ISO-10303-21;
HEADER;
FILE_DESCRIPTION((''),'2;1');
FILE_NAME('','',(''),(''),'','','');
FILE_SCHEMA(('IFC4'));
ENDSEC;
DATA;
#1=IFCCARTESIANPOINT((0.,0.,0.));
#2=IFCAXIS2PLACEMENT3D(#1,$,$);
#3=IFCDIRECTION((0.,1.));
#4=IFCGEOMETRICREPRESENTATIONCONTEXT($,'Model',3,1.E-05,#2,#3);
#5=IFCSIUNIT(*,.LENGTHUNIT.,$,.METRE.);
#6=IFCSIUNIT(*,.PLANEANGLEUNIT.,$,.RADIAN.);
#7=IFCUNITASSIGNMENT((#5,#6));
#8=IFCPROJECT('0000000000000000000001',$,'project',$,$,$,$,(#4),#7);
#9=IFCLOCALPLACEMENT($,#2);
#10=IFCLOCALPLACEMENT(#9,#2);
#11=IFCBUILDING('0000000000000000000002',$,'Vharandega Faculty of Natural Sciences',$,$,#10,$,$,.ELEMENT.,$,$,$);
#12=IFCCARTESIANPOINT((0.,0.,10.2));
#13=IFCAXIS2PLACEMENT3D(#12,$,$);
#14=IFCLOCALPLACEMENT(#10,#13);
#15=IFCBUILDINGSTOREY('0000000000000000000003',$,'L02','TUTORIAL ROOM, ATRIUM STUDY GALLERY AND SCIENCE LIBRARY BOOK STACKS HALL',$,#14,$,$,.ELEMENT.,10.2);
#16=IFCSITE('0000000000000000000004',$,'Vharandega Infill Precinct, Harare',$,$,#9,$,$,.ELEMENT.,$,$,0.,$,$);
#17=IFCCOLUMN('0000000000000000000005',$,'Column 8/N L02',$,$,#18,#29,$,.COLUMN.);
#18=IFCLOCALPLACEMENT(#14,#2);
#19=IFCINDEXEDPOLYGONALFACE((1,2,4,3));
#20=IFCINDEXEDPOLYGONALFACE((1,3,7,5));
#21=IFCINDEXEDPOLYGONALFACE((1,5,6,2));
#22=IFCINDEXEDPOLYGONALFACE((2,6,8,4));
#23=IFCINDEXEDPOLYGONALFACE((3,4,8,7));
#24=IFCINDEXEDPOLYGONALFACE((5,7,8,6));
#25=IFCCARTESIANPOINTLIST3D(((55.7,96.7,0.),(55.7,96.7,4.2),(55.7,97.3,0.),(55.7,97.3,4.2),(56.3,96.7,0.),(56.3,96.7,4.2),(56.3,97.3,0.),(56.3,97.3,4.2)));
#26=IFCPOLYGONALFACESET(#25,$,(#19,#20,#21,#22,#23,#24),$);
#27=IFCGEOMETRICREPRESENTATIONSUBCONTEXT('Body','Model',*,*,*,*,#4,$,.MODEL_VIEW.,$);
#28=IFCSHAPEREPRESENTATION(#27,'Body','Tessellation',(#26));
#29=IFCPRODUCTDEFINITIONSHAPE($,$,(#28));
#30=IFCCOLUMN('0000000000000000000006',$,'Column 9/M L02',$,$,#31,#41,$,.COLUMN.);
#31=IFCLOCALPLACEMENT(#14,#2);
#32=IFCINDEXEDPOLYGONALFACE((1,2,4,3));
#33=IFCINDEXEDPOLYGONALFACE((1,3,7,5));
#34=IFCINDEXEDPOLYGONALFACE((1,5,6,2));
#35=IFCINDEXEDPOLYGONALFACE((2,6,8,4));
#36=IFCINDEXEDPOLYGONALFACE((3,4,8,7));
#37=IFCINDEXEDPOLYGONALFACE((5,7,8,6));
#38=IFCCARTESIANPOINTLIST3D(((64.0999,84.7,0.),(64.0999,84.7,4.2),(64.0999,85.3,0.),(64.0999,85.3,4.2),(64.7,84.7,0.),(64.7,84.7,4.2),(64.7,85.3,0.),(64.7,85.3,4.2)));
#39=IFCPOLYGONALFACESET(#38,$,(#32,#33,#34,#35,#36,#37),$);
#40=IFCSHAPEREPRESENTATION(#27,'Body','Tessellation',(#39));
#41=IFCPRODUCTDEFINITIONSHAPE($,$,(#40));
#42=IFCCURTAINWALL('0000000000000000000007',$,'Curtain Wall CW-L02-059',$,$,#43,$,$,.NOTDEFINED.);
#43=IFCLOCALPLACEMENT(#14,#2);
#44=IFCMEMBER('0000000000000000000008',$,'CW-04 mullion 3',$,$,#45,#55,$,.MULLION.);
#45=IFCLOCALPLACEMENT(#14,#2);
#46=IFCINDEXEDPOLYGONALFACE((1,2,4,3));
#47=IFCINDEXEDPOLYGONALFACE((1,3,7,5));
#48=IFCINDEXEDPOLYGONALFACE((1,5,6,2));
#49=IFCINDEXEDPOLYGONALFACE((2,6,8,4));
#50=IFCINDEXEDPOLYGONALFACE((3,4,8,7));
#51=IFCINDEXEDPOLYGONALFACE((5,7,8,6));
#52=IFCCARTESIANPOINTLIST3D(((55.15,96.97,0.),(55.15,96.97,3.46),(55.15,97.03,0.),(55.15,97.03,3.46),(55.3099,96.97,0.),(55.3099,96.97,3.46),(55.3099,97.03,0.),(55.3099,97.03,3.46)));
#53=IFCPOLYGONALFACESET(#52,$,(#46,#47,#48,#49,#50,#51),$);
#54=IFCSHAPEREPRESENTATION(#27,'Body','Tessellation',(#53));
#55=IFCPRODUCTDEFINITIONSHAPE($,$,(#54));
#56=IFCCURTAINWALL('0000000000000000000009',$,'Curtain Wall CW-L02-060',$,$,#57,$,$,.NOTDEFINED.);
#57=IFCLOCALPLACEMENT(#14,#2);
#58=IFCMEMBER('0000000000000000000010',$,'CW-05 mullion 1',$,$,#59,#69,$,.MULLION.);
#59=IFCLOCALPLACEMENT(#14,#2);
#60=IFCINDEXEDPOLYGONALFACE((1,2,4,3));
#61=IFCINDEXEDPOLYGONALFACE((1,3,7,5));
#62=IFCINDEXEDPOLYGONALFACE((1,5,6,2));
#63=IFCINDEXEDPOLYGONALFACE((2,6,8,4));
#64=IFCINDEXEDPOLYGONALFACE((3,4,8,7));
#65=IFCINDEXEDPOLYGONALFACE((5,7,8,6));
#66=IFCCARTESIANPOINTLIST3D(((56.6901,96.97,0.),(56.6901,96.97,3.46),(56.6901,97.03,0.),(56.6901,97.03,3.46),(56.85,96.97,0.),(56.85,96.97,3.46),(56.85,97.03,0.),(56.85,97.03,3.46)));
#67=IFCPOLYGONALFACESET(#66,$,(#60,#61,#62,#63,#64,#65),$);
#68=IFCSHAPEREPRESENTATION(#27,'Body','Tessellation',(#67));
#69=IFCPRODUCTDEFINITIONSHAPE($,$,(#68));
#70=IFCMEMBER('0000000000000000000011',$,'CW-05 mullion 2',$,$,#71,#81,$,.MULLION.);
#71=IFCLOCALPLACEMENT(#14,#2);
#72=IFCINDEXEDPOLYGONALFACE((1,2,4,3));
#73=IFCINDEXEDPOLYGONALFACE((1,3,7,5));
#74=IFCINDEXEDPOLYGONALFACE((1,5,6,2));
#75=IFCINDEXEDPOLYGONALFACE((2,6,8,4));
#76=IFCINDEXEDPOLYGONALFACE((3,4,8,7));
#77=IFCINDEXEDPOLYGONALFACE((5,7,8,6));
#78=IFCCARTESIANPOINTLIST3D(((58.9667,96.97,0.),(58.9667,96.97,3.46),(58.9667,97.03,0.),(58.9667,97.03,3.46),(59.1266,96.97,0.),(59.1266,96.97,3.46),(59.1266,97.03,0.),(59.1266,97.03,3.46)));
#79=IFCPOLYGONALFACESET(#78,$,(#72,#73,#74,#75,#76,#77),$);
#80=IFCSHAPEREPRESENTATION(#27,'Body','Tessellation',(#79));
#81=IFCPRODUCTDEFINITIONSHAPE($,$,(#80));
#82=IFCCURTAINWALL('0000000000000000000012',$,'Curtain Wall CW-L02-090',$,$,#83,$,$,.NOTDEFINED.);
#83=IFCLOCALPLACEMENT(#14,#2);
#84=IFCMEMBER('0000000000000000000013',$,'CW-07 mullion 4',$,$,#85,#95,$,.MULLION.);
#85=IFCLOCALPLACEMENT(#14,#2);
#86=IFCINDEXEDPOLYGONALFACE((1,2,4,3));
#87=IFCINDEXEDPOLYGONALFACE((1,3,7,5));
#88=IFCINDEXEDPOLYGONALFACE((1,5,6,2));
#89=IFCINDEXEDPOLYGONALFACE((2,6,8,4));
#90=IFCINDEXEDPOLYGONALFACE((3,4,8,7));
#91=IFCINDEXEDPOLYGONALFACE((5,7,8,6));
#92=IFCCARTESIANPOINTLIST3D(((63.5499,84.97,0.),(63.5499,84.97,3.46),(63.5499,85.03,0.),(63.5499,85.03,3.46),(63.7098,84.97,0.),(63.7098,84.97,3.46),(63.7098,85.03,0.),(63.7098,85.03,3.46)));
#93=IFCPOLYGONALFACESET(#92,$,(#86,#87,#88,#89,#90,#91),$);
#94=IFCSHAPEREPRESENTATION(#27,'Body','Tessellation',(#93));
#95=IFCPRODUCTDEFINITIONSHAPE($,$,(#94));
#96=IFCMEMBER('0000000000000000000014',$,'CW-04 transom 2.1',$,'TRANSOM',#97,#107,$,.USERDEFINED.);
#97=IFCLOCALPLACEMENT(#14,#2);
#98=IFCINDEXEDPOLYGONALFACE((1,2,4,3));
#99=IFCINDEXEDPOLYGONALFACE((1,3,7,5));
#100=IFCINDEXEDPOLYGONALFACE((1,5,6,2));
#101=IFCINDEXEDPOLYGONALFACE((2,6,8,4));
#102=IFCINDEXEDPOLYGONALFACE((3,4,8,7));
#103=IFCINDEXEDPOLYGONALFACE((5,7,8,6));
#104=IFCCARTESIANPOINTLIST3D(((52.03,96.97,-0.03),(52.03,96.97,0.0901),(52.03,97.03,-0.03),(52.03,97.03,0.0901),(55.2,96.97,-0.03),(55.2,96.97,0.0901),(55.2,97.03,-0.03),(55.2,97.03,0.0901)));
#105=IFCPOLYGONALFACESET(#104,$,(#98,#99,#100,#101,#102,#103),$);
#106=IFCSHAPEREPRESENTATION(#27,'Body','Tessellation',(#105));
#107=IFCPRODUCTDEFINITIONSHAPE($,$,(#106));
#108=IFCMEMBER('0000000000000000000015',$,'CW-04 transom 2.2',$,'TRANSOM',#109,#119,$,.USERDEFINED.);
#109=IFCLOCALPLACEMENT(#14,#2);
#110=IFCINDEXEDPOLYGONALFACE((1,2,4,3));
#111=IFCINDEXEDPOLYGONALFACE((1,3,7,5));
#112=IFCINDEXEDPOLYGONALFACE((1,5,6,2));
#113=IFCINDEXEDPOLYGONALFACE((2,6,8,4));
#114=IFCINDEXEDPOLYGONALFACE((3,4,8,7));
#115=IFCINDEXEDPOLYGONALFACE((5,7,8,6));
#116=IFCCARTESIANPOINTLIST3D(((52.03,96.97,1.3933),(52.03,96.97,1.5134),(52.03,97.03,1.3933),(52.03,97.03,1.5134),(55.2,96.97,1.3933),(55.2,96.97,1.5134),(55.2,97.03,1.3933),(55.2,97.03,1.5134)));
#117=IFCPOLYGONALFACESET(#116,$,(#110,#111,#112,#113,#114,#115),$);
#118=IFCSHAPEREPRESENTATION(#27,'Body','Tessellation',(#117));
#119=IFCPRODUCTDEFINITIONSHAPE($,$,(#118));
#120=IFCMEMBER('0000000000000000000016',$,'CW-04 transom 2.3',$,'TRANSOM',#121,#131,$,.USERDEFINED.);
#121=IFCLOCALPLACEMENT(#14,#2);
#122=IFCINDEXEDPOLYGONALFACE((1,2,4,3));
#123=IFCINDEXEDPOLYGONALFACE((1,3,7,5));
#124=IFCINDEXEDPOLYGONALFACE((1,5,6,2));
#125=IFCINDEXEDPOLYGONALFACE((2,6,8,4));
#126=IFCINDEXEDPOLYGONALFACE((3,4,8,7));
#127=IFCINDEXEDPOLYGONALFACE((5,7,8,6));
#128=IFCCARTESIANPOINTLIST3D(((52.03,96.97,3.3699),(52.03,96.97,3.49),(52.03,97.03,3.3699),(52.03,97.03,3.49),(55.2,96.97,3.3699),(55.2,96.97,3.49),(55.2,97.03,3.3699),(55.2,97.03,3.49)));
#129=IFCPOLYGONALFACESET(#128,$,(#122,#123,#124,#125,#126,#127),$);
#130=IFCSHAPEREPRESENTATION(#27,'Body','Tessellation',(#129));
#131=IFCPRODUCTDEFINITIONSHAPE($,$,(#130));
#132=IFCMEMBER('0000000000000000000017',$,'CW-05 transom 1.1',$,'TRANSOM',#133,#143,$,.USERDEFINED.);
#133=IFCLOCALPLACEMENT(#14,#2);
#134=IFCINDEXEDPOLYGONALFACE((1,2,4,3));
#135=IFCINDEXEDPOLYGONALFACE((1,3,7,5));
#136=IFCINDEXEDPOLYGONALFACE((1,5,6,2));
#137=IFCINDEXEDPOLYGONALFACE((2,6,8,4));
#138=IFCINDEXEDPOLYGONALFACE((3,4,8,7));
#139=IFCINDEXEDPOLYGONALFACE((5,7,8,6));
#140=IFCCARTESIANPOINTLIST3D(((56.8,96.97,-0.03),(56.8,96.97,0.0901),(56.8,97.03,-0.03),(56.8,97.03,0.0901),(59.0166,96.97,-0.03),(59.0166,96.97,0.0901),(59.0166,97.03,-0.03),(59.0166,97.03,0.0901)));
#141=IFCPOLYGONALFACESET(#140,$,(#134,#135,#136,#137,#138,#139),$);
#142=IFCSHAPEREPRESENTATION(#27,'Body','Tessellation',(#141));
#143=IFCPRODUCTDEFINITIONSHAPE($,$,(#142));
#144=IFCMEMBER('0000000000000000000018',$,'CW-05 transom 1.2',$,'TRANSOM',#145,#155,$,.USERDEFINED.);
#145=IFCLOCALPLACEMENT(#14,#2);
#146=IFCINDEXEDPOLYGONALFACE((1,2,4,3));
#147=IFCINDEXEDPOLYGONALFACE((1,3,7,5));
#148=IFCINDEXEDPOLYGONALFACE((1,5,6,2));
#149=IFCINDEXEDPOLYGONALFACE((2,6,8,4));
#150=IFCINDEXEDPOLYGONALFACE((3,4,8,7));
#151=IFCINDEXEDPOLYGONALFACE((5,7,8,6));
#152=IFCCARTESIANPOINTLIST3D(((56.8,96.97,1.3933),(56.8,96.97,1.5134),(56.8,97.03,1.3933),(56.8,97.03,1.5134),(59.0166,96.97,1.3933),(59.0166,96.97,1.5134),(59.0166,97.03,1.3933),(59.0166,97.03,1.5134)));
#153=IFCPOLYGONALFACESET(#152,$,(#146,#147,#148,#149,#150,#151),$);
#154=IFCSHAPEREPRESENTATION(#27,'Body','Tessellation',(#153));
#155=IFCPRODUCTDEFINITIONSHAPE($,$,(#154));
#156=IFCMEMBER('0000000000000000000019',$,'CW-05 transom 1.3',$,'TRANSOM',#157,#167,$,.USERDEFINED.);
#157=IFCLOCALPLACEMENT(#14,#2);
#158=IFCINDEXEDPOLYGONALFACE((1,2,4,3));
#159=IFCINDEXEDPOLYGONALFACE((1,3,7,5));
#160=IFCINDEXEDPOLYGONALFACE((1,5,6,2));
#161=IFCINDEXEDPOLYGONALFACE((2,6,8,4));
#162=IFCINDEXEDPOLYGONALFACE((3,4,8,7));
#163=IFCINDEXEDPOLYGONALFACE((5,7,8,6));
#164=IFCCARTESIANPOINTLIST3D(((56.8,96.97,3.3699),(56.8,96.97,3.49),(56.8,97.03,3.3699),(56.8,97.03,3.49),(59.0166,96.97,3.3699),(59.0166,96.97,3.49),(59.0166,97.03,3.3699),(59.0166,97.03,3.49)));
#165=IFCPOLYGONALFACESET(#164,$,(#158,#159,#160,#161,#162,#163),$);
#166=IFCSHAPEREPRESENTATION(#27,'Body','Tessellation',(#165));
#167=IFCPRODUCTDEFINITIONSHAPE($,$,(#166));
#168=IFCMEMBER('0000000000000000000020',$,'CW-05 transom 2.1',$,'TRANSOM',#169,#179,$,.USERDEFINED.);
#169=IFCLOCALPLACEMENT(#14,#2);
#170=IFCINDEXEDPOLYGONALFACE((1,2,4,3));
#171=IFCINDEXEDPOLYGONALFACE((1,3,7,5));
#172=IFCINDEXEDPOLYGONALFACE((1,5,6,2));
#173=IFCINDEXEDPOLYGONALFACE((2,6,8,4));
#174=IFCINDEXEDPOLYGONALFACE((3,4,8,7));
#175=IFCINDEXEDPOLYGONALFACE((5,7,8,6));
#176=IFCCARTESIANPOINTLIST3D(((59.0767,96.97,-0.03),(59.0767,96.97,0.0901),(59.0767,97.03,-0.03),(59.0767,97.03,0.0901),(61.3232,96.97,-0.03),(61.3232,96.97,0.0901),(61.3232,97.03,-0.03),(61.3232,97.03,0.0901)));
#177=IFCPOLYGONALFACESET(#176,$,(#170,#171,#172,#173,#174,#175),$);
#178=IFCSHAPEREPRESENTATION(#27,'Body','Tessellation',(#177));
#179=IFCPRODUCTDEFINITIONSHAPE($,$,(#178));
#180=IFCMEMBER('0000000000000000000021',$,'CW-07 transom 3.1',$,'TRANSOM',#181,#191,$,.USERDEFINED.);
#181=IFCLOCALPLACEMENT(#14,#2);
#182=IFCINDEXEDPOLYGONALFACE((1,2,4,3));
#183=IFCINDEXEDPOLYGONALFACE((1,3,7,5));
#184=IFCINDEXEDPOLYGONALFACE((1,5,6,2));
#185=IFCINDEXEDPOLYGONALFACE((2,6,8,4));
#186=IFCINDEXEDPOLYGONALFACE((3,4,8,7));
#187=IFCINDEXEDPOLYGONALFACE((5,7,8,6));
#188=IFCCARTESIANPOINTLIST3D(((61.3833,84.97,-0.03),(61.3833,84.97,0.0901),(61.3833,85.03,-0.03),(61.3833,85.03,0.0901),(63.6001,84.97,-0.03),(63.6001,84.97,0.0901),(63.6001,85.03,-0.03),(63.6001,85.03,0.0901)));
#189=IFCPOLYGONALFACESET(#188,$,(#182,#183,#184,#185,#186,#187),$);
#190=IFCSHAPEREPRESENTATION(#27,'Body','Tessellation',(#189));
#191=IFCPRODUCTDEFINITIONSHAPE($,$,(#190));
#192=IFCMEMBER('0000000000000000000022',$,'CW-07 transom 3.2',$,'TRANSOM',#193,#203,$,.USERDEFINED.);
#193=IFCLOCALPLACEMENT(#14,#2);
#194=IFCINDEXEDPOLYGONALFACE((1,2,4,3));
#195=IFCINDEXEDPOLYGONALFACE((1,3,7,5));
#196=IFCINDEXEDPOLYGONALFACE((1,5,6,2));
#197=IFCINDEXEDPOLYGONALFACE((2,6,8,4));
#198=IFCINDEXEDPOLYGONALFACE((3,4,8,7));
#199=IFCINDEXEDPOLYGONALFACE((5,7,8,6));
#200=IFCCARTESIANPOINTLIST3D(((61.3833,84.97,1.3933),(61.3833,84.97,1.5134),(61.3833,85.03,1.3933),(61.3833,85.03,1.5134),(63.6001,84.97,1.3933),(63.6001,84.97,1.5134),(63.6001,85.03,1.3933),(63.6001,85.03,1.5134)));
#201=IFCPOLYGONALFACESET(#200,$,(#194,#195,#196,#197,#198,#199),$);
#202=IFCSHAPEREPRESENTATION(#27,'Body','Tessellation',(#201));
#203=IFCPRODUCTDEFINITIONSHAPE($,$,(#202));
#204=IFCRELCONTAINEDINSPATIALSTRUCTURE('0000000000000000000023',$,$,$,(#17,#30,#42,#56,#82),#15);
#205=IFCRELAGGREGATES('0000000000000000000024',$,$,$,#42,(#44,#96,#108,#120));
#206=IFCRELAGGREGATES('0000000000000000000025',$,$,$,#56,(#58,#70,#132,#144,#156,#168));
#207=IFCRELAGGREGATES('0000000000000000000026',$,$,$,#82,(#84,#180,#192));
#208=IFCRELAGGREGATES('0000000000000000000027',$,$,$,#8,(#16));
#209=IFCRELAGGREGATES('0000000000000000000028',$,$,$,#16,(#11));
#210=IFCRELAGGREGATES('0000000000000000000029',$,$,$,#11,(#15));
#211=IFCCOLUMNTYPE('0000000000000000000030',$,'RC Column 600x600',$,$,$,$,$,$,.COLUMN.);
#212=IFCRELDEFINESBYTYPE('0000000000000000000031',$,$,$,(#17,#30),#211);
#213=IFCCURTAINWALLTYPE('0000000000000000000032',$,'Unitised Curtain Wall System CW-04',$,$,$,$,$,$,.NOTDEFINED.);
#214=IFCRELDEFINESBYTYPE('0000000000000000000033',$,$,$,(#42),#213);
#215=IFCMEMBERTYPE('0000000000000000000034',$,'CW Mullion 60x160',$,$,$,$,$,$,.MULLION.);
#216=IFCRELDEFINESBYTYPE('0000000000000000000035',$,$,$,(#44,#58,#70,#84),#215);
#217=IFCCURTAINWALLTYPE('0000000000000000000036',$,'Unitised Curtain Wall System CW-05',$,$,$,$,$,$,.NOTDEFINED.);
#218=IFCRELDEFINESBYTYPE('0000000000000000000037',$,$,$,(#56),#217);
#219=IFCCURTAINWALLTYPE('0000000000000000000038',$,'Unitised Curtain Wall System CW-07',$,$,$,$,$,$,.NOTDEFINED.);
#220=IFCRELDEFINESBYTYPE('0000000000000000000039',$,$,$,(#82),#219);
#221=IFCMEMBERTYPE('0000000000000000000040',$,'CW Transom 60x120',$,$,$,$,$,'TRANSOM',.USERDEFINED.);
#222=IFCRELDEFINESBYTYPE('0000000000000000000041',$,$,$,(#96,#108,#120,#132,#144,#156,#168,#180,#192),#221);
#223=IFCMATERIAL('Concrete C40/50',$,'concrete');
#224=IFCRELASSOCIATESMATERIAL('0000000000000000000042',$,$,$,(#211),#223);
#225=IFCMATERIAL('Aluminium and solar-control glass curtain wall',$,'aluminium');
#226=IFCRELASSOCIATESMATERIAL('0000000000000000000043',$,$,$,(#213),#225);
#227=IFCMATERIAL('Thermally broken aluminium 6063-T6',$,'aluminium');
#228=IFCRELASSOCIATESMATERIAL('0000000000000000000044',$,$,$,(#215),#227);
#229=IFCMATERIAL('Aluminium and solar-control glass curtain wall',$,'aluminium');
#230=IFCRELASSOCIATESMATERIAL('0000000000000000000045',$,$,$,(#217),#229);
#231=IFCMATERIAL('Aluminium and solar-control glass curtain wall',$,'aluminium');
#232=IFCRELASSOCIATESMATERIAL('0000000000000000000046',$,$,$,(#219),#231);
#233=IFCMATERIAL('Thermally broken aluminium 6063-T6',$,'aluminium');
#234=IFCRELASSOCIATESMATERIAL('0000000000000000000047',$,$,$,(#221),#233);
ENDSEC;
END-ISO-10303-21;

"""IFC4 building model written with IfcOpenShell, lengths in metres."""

from ifc_helpers import new_model, si_unit, direction, frame, origin, origin_2d, place, context, subcontext, project, spatial, rectangle, extrude, material, material_profile, profile_set, type_object, element, aggregate, save


model = new_model("IFC4")

# Units and contexts
model_context = context("Model", 3, precision=1e-05, world=origin(), true_north=direction((0.0, 1.0)))
body_context = subcontext(model_context, "Body", "Model", "MODEL_VIEW")
ifc_project = project(units=[si_unit("LENGTHUNIT", "METRE"), si_unit("PLANEANGLEUNIT", "RADIAN")], contexts=[model_context])

# Site, building, storey
site_placement = place(None, origin())
site = spatial("IfcSite", under=ifc_project, at=site_placement, Name="Vharandega Infill Precinct, Harare", CompositionType="ELEMENT", RefElevation=0.0)
building_placement = place(site_placement, origin())
building = spatial("IfcBuilding", under=site, at=building_placement, Name="Vharandega Faculty of Natural Sciences", CompositionType="ELEMENT")
storey_placement = place(building_placement, frame((0.0, 0.0, 10.2)))
storey = spatial("IfcBuildingStorey", under=building, at=storey_placement, Name="L02", Description="TUTORIAL ROOM, ATRIUM STUDY GALLERY AND SCIENCE LIBRARY BOOK STACKS HALL", CompositionType="ELEMENT", Elevation=10.2)

# Columns
ifc_material_1 = material(Name="Concrete C40/50", Category="concrete")
ifc_material_profile_1 = material_profile(ifc_material_1, rectangle(XDim=0.6001, YDim=0.6001, at=origin_2d()), Name="RC 600x600")
ifc_profile_set_1 = profile_set([ifc_material_profile_1], Name="Concrete C40/50")
column_type = type_object("IfcColumnType", Name="RC Column 600x600", PredefinedType="COLUMN", material=ifc_profile_set_1)
for number, where, z_axis, x_axis, name in (
    (1, (56.0, 97.0, 0.0), (0.0, 0.0, 1.0), (1.0, 0.0, 0.0), "Column 8/N L02"),
    (2, (64.3999, 85.0, 0.0), (0.0, 0.0, 1.0), (1.0, 0.0, 0.0), "Column 9/M L02"),
):
    element("IfcColumn", number, at=place(storey_placement, frame(where, z_axis=z_axis, x_axis=x_axis)), inside=storey, type_object=column_type, Name=name, PredefinedType="COLUMN", context=body_context, shape_type="SweptSolid", body=[
        extrude(rectangle(XDim=0.6001, YDim=0.6001, at=origin_2d()), origin(), (0.0, 0.0, 1.0), 4.2),
    ])

# Curtain wall, member
ifc_material_2 = material(Name="Aluminium and solar-control glass curtain wall", Category="aluminium")
curtain_wall_type_1 = type_object("IfcCurtainWallType", Name="Unitised Curtain Wall System CW-04", PredefinedType="NOTDEFINED", material=ifc_material_2)
curtain_wall_1_placement = place(storey_placement, origin())
curtain_wall_1 = element("IfcCurtainWall", 3, at=curtain_wall_1_placement, inside=storey, type_object=curtain_wall_type_1, Name="Curtain Wall CW-L02-059", PredefinedType="NOTDEFINED")
ifc_material_3 = material(Name="Thermally broken aluminium 6063-T6", Category="aluminium")
ifc_material_profile_2 = material_profile(ifc_material_3, rectangle(XDim=0.0601, YDim=0.1599, at=origin_2d()), Name="ALU 60x160")
ifc_profile_set_2 = profile_set([ifc_material_profile_2], Name="Thermally broken aluminium 6063-T6")
member_type_1 = type_object("IfcMemberType", Name="CW Mullion 60x160", PredefinedType="MULLION", material=ifc_profile_set_2)
member_1_placement = place(storey_placement, frame((55.23, 97.0, 0.0), z_axis=(0.0, 0.0, 1.0), x_axis=(0.0, 1.0, 0.0)))
member_1 = element("IfcMember", 4, at=member_1_placement, type_object=member_type_1, Name="CW-04 mullion 3", PredefinedType="MULLION", context=body_context, shape_type="SweptSolid", body=[
    extrude(rectangle(XDim=0.0601, YDim=0.1599, at=origin_2d()), origin(), (0.0, 0.0, 1.0), 3.46),
])

# Curtain wall, members
ifc_material_4 = material(Name="Aluminium and solar-control glass curtain wall", Category="aluminium")
curtain_wall_type_2 = type_object("IfcCurtainWallType", Name="Unitised Curtain Wall System CW-05", PredefinedType="NOTDEFINED", material=ifc_material_4)
curtain_wall_2_placement = place(storey_placement, origin())
curtain_wall_2 = element("IfcCurtainWall", 5, at=curtain_wall_2_placement, inside=storey, type_object=curtain_wall_type_2, Name="Curtain Wall CW-L02-060", PredefinedType="NOTDEFINED")
member_2_placement = place(storey_placement, frame((56.77, 97.0, 0.0), z_axis=(0.0, 0.0, 1.0), x_axis=(0.0, 1.0, 0.0)))
member_2 = element("IfcMember", 6, at=member_2_placement, type_object=member_type_1, Name="CW-05 mullion 1", PredefinedType="MULLION", context=body_context, shape_type="SweptSolid", body=[
    extrude(rectangle(XDim=0.0601, YDim=0.1599, at=origin_2d()), origin(), (0.0, 0.0, 1.0), 3.46),
])
member_3_placement = place(storey_placement, frame((59.0466, 97.0, 0.0), z_axis=(0.0, 0.0, 1.0), x_axis=(0.0, 1.0, 0.0)))
member_3 = element("IfcMember", 7, at=member_3_placement, type_object=member_type_1, Name="CW-05 mullion 2", PredefinedType="MULLION", context=body_context, shape_type="SweptSolid", body=[
    extrude(rectangle(XDim=0.0601, YDim=0.1599, at=origin_2d()), origin(), (0.0, 0.0, 1.0), 3.46),
])

# Curtain wall, member
ifc_material_5 = material(Name="Aluminium and solar-control glass curtain wall", Category="aluminium")
curtain_wall_type_3 = type_object("IfcCurtainWallType", Name="Unitised Curtain Wall System CW-07", PredefinedType="NOTDEFINED", material=ifc_material_5)
curtain_wall_3_placement = place(storey_placement, origin())
curtain_wall_3 = element("IfcCurtainWall", 8, at=curtain_wall_3_placement, inside=storey, type_object=curtain_wall_type_3, Name="Curtain Wall CW-L02-090", PredefinedType="NOTDEFINED")
member_4_placement = place(storey_placement, frame((63.6299, 85.0, 0.0), z_axis=(0.0, 0.0, 1.0), x_axis=(0.0, 1.0, 0.0)))
member_4 = element("IfcMember", 9, at=member_4_placement, type_object=member_type_1, Name="CW-07 mullion 4", PredefinedType="MULLION", context=body_context, shape_type="SweptSolid", body=[
    extrude(rectangle(XDim=0.0601, YDim=0.1599, at=origin_2d()), origin(), (0.0, 0.0, 1.0), 3.46),
])

# Members
ifc_material_6 = material(Name="Thermally broken aluminium 6063-T6", Category="aluminium")
ifc_material_profile_3 = material_profile(ifc_material_6, rectangle(XDim=0.0601, YDim=0.1201, at=origin_2d()), Name="ALU 60x120")
ifc_profile_set_3 = profile_set([ifc_material_profile_3], Name="Thermally broken aluminium 6063-T6")
member_type_2 = type_object("IfcMemberType", Name="CW Transom 60x120", ElementType="TRANSOM", PredefinedType="USERDEFINED", material=ifc_profile_set_3)
member_5_placement = place(storey_placement, frame((52.03, 97.0, 0.03), z_axis=(1.0, 0.0, 0.0), x_axis=(0.0, 1.0, 0.0)))
member_5 = element("IfcMember", 10, at=member_5_placement, type_object=member_type_2, Name="CW-04 transom 2.1", ObjectType="TRANSOM", PredefinedType="USERDEFINED", context=body_context, shape_type="SweptSolid", body=[
    extrude(rectangle(XDim=0.0601, YDim=0.1201, at=origin_2d()), origin(), (0.0, 0.0, 1.0), 3.1699),
])
member_6_placement = place(storey_placement, frame((52.03, 97.0, 1.4534), z_axis=(1.0, 0.0, 0.0), x_axis=(0.0, 1.0, 0.0)))
member_6 = element("IfcMember", 11, at=member_6_placement, type_object=member_type_2, Name="CW-04 transom 2.2", ObjectType="TRANSOM", PredefinedType="USERDEFINED", context=body_context, shape_type="SweptSolid", body=[
    extrude(rectangle(XDim=0.0601, YDim=0.1201, at=origin_2d()), origin(), (0.0, 0.0, 1.0), 3.1699),
])
member_7_placement = place(storey_placement, frame((52.03, 97.0, 3.4299), z_axis=(1.0, 0.0, 0.0), x_axis=(0.0, 1.0, 0.0)))
member_7 = element("IfcMember", 12, at=member_7_placement, type_object=member_type_2, Name="CW-04 transom 2.3", ObjectType="TRANSOM", PredefinedType="USERDEFINED", context=body_context, shape_type="SweptSolid", body=[
    extrude(rectangle(XDim=0.0601, YDim=0.1201, at=origin_2d()), origin(), (0.0, 0.0, 1.0), 3.1699),
])
member_8_placement = place(storey_placement, frame((56.8, 97.0, 0.03), z_axis=(1.0, 0.0, 0.0), x_axis=(0.0, 1.0, 0.0)))
member_8 = element("IfcMember", 13, at=member_8_placement, type_object=member_type_2, Name="CW-05 transom 1.1", ObjectType="TRANSOM", PredefinedType="USERDEFINED", context=body_context, shape_type="SweptSolid", body=[
    extrude(rectangle(XDim=0.0601, YDim=0.1201, at=origin_2d()), origin(), (0.0, 0.0, 1.0), 2.2166),
])
member_9_placement = place(storey_placement, frame((56.8, 97.0, 1.4534), z_axis=(1.0, 0.0, 0.0), x_axis=(0.0, 1.0, 0.0)))
member_9 = element("IfcMember", 14, at=member_9_placement, type_object=member_type_2, Name="CW-05 transom 1.2", ObjectType="TRANSOM", PredefinedType="USERDEFINED", context=body_context, shape_type="SweptSolid", body=[
    extrude(rectangle(XDim=0.0601, YDim=0.1201, at=origin_2d()), origin(), (0.0, 0.0, 1.0), 2.2166),
])
member_10_placement = place(storey_placement, frame((56.8, 97.0, 3.4299), z_axis=(1.0, 0.0, 0.0), x_axis=(0.0, 1.0, 0.0)))
member_10 = element("IfcMember", 15, at=member_10_placement, type_object=member_type_2, Name="CW-05 transom 1.3", ObjectType="TRANSOM", PredefinedType="USERDEFINED", context=body_context, shape_type="SweptSolid", body=[
    extrude(rectangle(XDim=0.0601, YDim=0.1201, at=origin_2d()), origin(), (0.0, 0.0, 1.0), 2.2166),
])
member_11_placement = place(storey_placement, frame((59.0767, 97.0, 0.03), z_axis=(1.0, 0.0, 0.0), x_axis=(0.0, 1.0, 0.0)))
member_11 = element("IfcMember", 16, at=member_11_placement, type_object=member_type_2, Name="CW-05 transom 2.1", ObjectType="TRANSOM", PredefinedType="USERDEFINED", context=body_context, shape_type="SweptSolid", body=[
    extrude(rectangle(XDim=0.0601, YDim=0.1201, at=origin_2d()), origin(), (0.0, 0.0, 1.0), 2.2466),
])
member_12_placement = place(storey_placement, frame((61.3833, 85.0, 0.03), z_axis=(1.0, 0.0, 0.0), x_axis=(0.0, 1.0, 0.0)))
member_12 = element("IfcMember", 17, at=member_12_placement, type_object=member_type_2, Name="CW-07 transom 3.1", ObjectType="TRANSOM", PredefinedType="USERDEFINED", context=body_context, shape_type="SweptSolid", body=[
    extrude(rectangle(XDim=0.0601, YDim=0.1201, at=origin_2d()), origin(), (0.0, 0.0, 1.0), 2.2168),
])
member_13_placement = place(storey_placement, frame((61.3833, 85.0, 1.4534), z_axis=(1.0, 0.0, 0.0), x_axis=(0.0, 1.0, 0.0)))
member_13 = element("IfcMember", 18, at=member_13_placement, type_object=member_type_2, Name="CW-07 transom 3.2", ObjectType="TRANSOM", PredefinedType="USERDEFINED", context=body_context, shape_type="SweptSolid", body=[
    extrude(rectangle(XDim=0.0601, YDim=0.1201, at=origin_2d()), origin(), (0.0, 0.0, 1.0), 2.2168),
])

aggregate(curtain_wall_1, [member_1, member_5, member_6, member_7])
aggregate(curtain_wall_2, [member_2, member_3, member_8, member_9, member_10, member_11])
aggregate(curtain_wall_3, [member_4, member_12, member_13])

save(model, "model.ifc")
